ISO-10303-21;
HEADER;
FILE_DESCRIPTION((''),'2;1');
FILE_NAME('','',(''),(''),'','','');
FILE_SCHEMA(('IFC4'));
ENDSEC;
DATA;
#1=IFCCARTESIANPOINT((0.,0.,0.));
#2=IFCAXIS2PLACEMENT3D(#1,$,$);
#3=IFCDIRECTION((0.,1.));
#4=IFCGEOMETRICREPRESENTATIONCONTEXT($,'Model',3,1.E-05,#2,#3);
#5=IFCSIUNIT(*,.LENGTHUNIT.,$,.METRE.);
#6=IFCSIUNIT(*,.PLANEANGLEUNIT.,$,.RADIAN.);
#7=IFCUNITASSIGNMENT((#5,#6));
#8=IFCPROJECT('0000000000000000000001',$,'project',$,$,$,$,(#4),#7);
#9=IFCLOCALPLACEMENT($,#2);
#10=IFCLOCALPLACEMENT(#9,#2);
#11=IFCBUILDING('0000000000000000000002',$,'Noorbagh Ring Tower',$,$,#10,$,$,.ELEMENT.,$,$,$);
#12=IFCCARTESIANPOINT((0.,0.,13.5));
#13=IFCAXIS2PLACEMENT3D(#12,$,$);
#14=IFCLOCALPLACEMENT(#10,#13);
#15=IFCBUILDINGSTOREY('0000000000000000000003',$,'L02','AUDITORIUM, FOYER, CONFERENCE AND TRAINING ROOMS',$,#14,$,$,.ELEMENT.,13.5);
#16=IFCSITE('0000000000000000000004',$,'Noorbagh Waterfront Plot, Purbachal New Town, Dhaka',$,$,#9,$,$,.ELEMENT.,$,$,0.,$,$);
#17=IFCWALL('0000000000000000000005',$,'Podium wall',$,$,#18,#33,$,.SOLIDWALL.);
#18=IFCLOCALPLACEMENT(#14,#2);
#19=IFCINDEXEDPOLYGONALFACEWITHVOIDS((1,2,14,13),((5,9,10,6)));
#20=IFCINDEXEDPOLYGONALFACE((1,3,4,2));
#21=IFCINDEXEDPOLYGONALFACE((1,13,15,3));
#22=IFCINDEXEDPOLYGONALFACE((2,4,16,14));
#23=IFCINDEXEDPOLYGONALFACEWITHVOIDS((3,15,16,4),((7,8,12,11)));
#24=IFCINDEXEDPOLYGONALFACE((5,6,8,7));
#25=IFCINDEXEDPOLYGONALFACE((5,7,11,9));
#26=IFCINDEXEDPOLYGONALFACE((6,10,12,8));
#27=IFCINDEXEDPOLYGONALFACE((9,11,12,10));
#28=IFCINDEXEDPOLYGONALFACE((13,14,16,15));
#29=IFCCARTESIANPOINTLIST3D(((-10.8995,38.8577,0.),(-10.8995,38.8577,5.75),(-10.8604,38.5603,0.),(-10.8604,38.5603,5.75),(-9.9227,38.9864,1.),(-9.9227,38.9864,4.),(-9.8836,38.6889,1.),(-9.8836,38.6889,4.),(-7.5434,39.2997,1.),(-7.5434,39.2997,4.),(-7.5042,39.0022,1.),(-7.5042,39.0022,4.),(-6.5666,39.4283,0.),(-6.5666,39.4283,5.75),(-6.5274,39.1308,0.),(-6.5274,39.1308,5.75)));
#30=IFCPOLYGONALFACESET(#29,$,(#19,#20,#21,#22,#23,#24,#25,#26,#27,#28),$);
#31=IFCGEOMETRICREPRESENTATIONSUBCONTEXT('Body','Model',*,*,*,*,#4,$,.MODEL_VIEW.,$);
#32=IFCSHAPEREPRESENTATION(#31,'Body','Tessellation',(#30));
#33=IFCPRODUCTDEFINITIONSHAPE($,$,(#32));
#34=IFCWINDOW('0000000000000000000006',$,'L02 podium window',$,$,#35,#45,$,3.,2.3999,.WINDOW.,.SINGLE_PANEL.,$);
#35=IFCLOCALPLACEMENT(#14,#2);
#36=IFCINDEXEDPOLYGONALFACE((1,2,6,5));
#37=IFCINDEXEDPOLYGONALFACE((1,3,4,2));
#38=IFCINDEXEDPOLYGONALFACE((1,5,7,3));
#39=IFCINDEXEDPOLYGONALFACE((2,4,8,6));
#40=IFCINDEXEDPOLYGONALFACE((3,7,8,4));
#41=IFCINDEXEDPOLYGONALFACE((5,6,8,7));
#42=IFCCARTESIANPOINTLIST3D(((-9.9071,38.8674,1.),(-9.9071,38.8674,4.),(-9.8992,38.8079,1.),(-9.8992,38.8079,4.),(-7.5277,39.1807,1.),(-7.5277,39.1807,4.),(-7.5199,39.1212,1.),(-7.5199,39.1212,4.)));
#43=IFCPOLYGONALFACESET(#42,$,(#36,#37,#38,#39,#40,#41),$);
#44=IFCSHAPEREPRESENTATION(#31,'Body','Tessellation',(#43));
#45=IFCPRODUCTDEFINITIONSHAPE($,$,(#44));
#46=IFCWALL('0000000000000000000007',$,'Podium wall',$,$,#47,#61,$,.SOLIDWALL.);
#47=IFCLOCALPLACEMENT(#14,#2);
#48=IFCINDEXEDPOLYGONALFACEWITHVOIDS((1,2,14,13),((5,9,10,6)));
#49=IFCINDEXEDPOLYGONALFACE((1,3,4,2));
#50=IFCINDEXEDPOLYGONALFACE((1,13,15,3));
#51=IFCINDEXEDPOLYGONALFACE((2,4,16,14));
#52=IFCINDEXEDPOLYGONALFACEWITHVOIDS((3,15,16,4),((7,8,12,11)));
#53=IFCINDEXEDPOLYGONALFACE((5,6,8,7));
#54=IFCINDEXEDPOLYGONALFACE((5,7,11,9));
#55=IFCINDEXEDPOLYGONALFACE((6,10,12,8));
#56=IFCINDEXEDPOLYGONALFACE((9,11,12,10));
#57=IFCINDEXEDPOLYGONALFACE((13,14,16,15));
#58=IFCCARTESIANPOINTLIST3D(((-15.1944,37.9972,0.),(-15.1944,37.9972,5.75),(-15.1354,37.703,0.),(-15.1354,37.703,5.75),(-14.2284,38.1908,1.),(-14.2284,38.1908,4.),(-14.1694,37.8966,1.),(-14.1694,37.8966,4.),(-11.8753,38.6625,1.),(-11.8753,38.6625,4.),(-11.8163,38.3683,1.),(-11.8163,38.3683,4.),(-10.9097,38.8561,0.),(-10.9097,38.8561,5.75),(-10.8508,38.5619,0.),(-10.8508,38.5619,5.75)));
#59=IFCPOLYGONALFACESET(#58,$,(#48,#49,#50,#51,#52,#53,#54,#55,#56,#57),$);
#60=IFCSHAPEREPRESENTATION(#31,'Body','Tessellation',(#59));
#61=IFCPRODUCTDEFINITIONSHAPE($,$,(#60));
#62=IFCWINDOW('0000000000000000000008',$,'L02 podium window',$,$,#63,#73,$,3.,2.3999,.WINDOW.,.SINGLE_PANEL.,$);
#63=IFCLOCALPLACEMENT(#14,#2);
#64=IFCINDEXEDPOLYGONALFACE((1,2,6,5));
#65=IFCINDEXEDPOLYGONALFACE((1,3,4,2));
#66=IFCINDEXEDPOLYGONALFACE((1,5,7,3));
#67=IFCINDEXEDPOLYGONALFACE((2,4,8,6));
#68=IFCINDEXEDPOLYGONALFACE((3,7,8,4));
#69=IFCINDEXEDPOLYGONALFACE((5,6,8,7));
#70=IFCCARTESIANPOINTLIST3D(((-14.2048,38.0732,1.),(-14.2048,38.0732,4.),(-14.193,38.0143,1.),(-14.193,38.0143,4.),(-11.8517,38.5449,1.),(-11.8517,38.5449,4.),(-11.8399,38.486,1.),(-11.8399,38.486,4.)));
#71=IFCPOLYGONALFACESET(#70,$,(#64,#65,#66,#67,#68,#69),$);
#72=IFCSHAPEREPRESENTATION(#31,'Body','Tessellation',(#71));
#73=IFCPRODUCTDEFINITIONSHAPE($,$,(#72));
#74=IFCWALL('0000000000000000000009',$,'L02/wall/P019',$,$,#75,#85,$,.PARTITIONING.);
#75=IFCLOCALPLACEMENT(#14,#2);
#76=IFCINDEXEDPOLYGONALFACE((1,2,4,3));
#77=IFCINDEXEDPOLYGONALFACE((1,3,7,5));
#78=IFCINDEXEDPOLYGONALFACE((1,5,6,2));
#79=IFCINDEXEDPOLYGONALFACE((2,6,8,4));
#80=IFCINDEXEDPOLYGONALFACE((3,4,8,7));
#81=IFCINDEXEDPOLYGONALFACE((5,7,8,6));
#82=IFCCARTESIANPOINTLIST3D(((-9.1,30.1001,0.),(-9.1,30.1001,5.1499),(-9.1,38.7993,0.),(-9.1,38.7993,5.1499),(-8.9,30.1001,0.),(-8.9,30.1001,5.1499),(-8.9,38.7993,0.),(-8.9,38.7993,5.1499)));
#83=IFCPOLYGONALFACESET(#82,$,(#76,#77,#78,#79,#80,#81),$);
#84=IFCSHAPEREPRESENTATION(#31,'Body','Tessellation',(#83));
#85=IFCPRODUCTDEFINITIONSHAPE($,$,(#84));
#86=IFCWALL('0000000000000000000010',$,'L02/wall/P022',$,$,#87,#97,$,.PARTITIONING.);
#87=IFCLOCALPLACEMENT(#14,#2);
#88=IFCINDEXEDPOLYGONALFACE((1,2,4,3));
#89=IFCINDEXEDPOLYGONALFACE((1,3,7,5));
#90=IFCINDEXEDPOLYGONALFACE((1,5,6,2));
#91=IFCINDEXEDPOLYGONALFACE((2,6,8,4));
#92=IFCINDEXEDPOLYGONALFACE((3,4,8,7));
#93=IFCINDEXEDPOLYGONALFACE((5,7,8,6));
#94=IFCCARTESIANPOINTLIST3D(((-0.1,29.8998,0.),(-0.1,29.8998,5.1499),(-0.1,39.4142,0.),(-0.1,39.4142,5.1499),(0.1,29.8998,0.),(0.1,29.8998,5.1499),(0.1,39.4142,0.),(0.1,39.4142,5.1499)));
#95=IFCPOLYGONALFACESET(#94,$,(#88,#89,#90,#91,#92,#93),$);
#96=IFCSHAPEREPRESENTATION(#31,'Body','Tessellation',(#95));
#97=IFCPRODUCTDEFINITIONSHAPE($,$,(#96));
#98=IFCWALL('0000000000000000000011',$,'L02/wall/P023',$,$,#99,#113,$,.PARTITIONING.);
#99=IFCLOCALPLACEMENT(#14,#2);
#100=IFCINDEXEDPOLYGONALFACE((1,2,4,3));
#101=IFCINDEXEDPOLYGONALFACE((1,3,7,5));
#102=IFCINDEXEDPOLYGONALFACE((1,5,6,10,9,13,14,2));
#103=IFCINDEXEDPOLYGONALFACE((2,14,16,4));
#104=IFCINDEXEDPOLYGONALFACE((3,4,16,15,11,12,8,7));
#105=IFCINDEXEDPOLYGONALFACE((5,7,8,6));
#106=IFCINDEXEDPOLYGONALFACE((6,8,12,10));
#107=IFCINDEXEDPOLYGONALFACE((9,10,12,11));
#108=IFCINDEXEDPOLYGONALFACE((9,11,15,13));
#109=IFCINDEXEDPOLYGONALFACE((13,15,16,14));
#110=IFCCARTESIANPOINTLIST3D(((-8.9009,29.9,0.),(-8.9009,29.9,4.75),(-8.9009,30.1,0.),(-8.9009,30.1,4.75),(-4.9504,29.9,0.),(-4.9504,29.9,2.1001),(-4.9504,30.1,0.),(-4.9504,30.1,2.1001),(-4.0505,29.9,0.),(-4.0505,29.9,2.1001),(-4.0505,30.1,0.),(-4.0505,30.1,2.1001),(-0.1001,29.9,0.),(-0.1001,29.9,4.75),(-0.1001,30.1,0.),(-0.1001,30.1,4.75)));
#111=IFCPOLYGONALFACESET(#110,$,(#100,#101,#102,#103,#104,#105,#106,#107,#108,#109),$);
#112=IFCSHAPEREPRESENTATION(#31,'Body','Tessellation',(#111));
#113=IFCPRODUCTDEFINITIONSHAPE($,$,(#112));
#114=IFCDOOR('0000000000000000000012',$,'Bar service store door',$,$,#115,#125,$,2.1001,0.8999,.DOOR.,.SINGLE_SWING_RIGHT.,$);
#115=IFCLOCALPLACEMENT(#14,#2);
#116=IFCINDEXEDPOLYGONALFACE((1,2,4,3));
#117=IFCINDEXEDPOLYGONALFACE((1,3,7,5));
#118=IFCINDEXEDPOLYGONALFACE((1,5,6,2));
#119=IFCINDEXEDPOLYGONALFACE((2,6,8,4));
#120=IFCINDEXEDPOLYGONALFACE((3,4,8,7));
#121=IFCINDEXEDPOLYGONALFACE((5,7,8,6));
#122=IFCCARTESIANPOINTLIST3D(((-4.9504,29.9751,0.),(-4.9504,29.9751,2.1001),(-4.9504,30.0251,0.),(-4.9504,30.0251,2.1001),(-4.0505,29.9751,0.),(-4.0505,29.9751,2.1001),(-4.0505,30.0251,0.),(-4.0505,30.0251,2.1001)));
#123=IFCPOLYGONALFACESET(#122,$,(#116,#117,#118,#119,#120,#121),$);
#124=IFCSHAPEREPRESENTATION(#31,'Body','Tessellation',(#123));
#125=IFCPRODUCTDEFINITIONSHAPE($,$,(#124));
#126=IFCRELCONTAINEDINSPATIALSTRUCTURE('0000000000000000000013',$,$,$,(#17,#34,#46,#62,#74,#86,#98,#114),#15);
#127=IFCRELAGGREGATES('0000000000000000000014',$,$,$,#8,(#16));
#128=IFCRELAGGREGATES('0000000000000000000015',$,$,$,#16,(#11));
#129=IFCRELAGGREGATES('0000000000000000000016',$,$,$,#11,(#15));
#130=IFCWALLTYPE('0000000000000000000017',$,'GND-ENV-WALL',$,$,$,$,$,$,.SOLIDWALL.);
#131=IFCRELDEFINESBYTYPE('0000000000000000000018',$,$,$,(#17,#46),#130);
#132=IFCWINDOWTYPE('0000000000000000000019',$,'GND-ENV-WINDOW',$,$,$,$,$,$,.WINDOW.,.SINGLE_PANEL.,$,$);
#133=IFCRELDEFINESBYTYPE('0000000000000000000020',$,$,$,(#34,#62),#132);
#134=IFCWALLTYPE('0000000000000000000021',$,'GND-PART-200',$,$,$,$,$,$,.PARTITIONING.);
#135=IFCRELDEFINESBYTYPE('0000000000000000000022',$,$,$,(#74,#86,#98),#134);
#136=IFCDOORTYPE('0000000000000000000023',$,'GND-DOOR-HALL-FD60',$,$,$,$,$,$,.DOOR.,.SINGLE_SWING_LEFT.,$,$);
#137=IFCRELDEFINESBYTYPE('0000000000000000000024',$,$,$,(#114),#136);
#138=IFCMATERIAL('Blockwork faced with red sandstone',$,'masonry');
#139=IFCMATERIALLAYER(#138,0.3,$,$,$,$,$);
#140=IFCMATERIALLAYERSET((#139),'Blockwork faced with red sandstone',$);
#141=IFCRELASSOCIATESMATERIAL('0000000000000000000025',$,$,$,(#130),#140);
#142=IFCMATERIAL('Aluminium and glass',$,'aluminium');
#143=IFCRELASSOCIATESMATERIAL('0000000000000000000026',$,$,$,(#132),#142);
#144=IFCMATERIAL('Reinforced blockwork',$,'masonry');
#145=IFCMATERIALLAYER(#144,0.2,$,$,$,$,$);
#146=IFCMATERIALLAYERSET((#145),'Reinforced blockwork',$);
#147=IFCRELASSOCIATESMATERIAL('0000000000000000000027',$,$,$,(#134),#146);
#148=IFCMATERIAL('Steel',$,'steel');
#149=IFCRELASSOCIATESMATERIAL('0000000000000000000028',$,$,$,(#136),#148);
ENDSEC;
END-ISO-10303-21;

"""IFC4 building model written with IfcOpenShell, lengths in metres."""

from ifc_helpers import new_model, si_unit, direction, frame, frame_2d, origin, place, context, subcontext, project, spatial, rectangle, extrude, material, layer, layer_set, type_object, element, fill, save


model = new_model("IFC4")

# Units and contexts
model_context = context("Model", 3, precision=1e-05, world=origin(), true_north=direction((0.0, 1.0)))
body_context = subcontext(model_context, "Body", "Model", "MODEL_VIEW")
ifc_project = project(units=[si_unit("LENGTHUNIT", "METRE"), si_unit("PLANEANGLEUNIT", "RADIAN")], contexts=[model_context])

# Site, building, storey
site_placement = place(None, origin())
site = spatial("IfcSite", under=ifc_project, at=site_placement, Name="Noorbagh Waterfront Plot, Purbachal New Town, Dhaka", CompositionType="ELEMENT", RefElevation=0.0)
building_placement = place(site_placement, origin())
building = spatial("IfcBuilding", under=site, at=building_placement, Name="Noorbagh Ring Tower", CompositionType="ELEMENT")
storey_placement = place(building_placement, frame((0.0, 0.0, 13.5)))
storey = spatial("IfcBuildingStorey", under=building, at=storey_placement, Name="L02", Description="AUDITORIUM, FOYER, CONFERENCE AND TRAINING ROOMS", CompositionType="ELEMENT", Elevation=13.5)

# Walls, openings, windows
ifc_material_1 = material(Name="Blockwork faced with red sandstone", Category="masonry")
ifc_layer_1 = layer(ifc_material_1, 0.3)
ifc_layer_set_1 = layer_set([ifc_layer_1], Name="Blockwork faced with red sandstone")
wall_type_1 = type_object("IfcWallType", Name="GND-ENV-WALL", PredefinedType="SOLIDWALL", material=ifc_layer_set_1)
ifc_material_2 = material(Name="Aluminium and glass", Category="aluminium")
window_type = type_object("IfcWindowType", Name="GND-ENV-WINDOW", PartitioningType="SINGLE_PANEL", PredefinedType="WINDOW", material=ifc_material_2)
wall_1_placement = place(storey_placement, frame((-6.5471, 39.2795, 0.0), z_axis=(0.0, 0.0, 1.0), x_axis=(-0.991442, -0.13055, 0.0)))
wall_1 = element("IfcWall", 1, at=wall_1_placement, inside=storey, type_object=wall_type_1, Name="Podium wall", PredefinedType="SOLIDWALL", context=body_context, shape_type="SweptSolid", body=[
    extrude(rectangle(XDim=4.3704, YDim=0.3, at=frame_2d((2.1851, 0.0))), origin(), (0.0, 0.0, 1.0), 5.75),
])
opening_1_placement = place(wall_1_placement, frame((0.9851, 0.0, 1.0)))
opening_1 = element("IfcOpeningElement", 2, at=opening_1_placement, cuts=wall_1, PredefinedType="OPENING", context=body_context, shape_type="SweptSolid", body=[
    extrude(rectangle(XDim=2.3999, YDim=3.0, at=frame_2d((1.2, 1.5))), frame((0.0, 0.1602, 0.0), z_axis=(0.0, -1.0, 0.0), x_axis=(1.0, 0.0, 0.0)), (0.0, 0.0, 1.0), 0.3201),
])
window_1_placement = place(opening_1_placement, origin())
window_1 = element("IfcWindow", 3, at=window_1_placement, inside=storey, type_object=window_type, Name="L02 podium window", OverallHeight=3.0, OverallWidth=2.3999, PartitioningType="SINGLE_PANEL", PredefinedType="WINDOW", context=body_context, shape_type="SweptSolid", body=[
    extrude(rectangle(XDim=2.3999, YDim=3.0, at=frame_2d((1.2, 1.5))), frame((0.0, 0.03, 0.0), z_axis=(0.0, -1.0, 0.0), x_axis=(1.0, 0.0, 0.0)), (0.0, 0.0, 1.0), 0.0601),
])
fill(opening_1, window_1)
wall_2_placement = place(storey_placement, frame((-10.8801, 38.709, 0.0), z_axis=(0.0, 0.0, 1.0), x_axis=(-0.980495, -0.196546, 0.0)))
wall_2 = element("IfcWall", 4, at=wall_2_placement, inside=storey, type_object=wall_type_1, Name="Podium wall", PredefinedType="SOLIDWALL", context=body_context, shape_type="SweptSolid", body=[
    extrude(rectangle(XDim=4.3699, YDim=0.3, at=frame_2d((2.1851, 0.0))), origin(), (0.0, 0.0, 1.0), 5.75),
])
opening_2_placement = place(wall_2_placement, frame((0.9849, 0.0, 1.0)))
opening_2 = element("IfcOpeningElement", 5, at=opening_2_placement, cuts=wall_2, PredefinedType="OPENING", context=body_context, shape_type="SweptSolid", body=[
    extrude(rectangle(XDim=2.3999, YDim=3.0, at=frame_2d((1.2, 1.5))), frame((0.0, 0.1602, 0.0), z_axis=(0.0, -1.0, 0.0), x_axis=(1.0, 0.0, 0.0)), (0.0, 0.0, 1.0), 0.3201),
])
window_2_placement = place(opening_2_placement, origin())
window_2 = element("IfcWindow", 6, at=window_2_placement, inside=storey, type_object=window_type, Name="L02 podium window", OverallHeight=3.0, OverallWidth=2.3999, PartitioningType="SINGLE_PANEL", PredefinedType="WINDOW", context=body_context, shape_type="SweptSolid", body=[
    extrude(rectangle(XDim=2.3999, YDim=3.0, at=frame_2d((1.2, 1.5))), frame((0.0, 0.03, 0.0), z_axis=(0.0, -1.0, 0.0), x_axis=(1.0, 0.0, 0.0)), (0.0, 0.0, 1.0), 0.0601),
])
fill(opening_2, window_2)

# Walls
ifc_material_3 = material(Name="Reinforced blockwork", Category="masonry")
ifc_layer_2 = layer(ifc_material_3, 0.2)
ifc_layer_set_2 = layer_set([ifc_layer_2], Name="Reinforced blockwork")
wall_type_2 = type_object("IfcWallType", Name="GND-PART-200", PredefinedType="PARTITIONING", material=ifc_layer_set_2)
wall_3_placement = place(storey_placement, frame((-9.0, 38.7993, 0.0), z_axis=(0.0, 0.0, 1.0), x_axis=(0.0, -1.0, 0.0)))
element("IfcWall", 7, at=wall_3_placement, inside=storey, type_object=wall_type_2, Name="L02/wall/P019", PredefinedType="PARTITIONING", context=body_context, shape_type="SweptSolid", body=[
    extrude(rectangle(XDim=8.6992, YDim=0.2, at=frame_2d((4.3496, 0.0))), origin(), (0.0, 0.0, 1.0), 5.1499),
])
wall_4_placement = place(storey_placement, frame((0.0, 39.4143, 0.0), z_axis=(0.0, 0.0, 1.0), x_axis=(0.0, -1.0, 0.0)))
element("IfcWall", 8, at=wall_4_placement, inside=storey, type_object=wall_type_2, Name="L02/wall/P022", PredefinedType="PARTITIONING", context=body_context, shape_type="SweptSolid", body=[
    extrude(rectangle(XDim=9.5144, YDim=0.2, at=frame_2d((4.7573, 0.0))), origin(), (0.0, 0.0, 1.0), 5.1499),
])

# Wall, opening, door
wall_5_placement = place(storey_placement, frame((-0.1001, 30.0, 0.0), z_axis=(0.0, 0.0, 1.0), x_axis=(-1.0, 0.0, 0.0)))
wall_5 = element("IfcWall", 9, at=wall_5_placement, inside=storey, type_object=wall_type_2, Name="L02/wall/P023", PredefinedType="PARTITIONING", context=body_context, shape_type="SweptSolid", body=[
    extrude(rectangle(XDim=8.8008, YDim=0.2, at=frame_2d((4.4004, 0.0))), origin(), (0.0, 0.0, 1.0), 4.75),
])
opening_3_placement = place(wall_5_placement, frame((3.9504, 0.0, 0.0)))
opening_3 = element("IfcOpeningElement", 10, at=opening_3_placement, cuts=wall_5, PredefinedType="OPENING", context=body_context, shape_type="SweptSolid", body=[
    extrude(rectangle(XDim=0.8999, YDim=2.1001, at=frame_2d((0.45, 1.05))), frame((0.0, 0.1099, 0.0), z_axis=(0.0, -1.0, 0.0), x_axis=(1.0, 0.0, 0.0)), (0.0, 0.0, 1.0), 0.22),
])
ifc_material_4 = material(Name="Steel", Category="steel")
door_type = type_object("IfcDoorType", Name="GND-DOOR-HALL-FD60", OperationType="SINGLE_SWING_LEFT", PredefinedType="DOOR", material=ifc_material_4)
door_placement = place(opening_3_placement, origin())
door = element("IfcDoor", 11, at=door_placement, inside=storey, type_object=door_type, Name="Bar service store door", OperationType="SINGLE_SWING_RIGHT", OverallHeight=2.1001, OverallWidth=0.8999, PredefinedType="DOOR", context=body_context, shape_type="SweptSolid", body=[
    extrude(rectangle(XDim=0.8999, YDim=2.1001, at=frame_2d((0.45, 1.05))), frame((0.0, 0.0249, 0.0), z_axis=(0.0, -1.0, 0.0), x_axis=(1.0, 0.0, 0.0)), (0.0, 0.0, 1.0), 0.05),
])
fill(opening_3, door)

save(model, "model.ifc")
